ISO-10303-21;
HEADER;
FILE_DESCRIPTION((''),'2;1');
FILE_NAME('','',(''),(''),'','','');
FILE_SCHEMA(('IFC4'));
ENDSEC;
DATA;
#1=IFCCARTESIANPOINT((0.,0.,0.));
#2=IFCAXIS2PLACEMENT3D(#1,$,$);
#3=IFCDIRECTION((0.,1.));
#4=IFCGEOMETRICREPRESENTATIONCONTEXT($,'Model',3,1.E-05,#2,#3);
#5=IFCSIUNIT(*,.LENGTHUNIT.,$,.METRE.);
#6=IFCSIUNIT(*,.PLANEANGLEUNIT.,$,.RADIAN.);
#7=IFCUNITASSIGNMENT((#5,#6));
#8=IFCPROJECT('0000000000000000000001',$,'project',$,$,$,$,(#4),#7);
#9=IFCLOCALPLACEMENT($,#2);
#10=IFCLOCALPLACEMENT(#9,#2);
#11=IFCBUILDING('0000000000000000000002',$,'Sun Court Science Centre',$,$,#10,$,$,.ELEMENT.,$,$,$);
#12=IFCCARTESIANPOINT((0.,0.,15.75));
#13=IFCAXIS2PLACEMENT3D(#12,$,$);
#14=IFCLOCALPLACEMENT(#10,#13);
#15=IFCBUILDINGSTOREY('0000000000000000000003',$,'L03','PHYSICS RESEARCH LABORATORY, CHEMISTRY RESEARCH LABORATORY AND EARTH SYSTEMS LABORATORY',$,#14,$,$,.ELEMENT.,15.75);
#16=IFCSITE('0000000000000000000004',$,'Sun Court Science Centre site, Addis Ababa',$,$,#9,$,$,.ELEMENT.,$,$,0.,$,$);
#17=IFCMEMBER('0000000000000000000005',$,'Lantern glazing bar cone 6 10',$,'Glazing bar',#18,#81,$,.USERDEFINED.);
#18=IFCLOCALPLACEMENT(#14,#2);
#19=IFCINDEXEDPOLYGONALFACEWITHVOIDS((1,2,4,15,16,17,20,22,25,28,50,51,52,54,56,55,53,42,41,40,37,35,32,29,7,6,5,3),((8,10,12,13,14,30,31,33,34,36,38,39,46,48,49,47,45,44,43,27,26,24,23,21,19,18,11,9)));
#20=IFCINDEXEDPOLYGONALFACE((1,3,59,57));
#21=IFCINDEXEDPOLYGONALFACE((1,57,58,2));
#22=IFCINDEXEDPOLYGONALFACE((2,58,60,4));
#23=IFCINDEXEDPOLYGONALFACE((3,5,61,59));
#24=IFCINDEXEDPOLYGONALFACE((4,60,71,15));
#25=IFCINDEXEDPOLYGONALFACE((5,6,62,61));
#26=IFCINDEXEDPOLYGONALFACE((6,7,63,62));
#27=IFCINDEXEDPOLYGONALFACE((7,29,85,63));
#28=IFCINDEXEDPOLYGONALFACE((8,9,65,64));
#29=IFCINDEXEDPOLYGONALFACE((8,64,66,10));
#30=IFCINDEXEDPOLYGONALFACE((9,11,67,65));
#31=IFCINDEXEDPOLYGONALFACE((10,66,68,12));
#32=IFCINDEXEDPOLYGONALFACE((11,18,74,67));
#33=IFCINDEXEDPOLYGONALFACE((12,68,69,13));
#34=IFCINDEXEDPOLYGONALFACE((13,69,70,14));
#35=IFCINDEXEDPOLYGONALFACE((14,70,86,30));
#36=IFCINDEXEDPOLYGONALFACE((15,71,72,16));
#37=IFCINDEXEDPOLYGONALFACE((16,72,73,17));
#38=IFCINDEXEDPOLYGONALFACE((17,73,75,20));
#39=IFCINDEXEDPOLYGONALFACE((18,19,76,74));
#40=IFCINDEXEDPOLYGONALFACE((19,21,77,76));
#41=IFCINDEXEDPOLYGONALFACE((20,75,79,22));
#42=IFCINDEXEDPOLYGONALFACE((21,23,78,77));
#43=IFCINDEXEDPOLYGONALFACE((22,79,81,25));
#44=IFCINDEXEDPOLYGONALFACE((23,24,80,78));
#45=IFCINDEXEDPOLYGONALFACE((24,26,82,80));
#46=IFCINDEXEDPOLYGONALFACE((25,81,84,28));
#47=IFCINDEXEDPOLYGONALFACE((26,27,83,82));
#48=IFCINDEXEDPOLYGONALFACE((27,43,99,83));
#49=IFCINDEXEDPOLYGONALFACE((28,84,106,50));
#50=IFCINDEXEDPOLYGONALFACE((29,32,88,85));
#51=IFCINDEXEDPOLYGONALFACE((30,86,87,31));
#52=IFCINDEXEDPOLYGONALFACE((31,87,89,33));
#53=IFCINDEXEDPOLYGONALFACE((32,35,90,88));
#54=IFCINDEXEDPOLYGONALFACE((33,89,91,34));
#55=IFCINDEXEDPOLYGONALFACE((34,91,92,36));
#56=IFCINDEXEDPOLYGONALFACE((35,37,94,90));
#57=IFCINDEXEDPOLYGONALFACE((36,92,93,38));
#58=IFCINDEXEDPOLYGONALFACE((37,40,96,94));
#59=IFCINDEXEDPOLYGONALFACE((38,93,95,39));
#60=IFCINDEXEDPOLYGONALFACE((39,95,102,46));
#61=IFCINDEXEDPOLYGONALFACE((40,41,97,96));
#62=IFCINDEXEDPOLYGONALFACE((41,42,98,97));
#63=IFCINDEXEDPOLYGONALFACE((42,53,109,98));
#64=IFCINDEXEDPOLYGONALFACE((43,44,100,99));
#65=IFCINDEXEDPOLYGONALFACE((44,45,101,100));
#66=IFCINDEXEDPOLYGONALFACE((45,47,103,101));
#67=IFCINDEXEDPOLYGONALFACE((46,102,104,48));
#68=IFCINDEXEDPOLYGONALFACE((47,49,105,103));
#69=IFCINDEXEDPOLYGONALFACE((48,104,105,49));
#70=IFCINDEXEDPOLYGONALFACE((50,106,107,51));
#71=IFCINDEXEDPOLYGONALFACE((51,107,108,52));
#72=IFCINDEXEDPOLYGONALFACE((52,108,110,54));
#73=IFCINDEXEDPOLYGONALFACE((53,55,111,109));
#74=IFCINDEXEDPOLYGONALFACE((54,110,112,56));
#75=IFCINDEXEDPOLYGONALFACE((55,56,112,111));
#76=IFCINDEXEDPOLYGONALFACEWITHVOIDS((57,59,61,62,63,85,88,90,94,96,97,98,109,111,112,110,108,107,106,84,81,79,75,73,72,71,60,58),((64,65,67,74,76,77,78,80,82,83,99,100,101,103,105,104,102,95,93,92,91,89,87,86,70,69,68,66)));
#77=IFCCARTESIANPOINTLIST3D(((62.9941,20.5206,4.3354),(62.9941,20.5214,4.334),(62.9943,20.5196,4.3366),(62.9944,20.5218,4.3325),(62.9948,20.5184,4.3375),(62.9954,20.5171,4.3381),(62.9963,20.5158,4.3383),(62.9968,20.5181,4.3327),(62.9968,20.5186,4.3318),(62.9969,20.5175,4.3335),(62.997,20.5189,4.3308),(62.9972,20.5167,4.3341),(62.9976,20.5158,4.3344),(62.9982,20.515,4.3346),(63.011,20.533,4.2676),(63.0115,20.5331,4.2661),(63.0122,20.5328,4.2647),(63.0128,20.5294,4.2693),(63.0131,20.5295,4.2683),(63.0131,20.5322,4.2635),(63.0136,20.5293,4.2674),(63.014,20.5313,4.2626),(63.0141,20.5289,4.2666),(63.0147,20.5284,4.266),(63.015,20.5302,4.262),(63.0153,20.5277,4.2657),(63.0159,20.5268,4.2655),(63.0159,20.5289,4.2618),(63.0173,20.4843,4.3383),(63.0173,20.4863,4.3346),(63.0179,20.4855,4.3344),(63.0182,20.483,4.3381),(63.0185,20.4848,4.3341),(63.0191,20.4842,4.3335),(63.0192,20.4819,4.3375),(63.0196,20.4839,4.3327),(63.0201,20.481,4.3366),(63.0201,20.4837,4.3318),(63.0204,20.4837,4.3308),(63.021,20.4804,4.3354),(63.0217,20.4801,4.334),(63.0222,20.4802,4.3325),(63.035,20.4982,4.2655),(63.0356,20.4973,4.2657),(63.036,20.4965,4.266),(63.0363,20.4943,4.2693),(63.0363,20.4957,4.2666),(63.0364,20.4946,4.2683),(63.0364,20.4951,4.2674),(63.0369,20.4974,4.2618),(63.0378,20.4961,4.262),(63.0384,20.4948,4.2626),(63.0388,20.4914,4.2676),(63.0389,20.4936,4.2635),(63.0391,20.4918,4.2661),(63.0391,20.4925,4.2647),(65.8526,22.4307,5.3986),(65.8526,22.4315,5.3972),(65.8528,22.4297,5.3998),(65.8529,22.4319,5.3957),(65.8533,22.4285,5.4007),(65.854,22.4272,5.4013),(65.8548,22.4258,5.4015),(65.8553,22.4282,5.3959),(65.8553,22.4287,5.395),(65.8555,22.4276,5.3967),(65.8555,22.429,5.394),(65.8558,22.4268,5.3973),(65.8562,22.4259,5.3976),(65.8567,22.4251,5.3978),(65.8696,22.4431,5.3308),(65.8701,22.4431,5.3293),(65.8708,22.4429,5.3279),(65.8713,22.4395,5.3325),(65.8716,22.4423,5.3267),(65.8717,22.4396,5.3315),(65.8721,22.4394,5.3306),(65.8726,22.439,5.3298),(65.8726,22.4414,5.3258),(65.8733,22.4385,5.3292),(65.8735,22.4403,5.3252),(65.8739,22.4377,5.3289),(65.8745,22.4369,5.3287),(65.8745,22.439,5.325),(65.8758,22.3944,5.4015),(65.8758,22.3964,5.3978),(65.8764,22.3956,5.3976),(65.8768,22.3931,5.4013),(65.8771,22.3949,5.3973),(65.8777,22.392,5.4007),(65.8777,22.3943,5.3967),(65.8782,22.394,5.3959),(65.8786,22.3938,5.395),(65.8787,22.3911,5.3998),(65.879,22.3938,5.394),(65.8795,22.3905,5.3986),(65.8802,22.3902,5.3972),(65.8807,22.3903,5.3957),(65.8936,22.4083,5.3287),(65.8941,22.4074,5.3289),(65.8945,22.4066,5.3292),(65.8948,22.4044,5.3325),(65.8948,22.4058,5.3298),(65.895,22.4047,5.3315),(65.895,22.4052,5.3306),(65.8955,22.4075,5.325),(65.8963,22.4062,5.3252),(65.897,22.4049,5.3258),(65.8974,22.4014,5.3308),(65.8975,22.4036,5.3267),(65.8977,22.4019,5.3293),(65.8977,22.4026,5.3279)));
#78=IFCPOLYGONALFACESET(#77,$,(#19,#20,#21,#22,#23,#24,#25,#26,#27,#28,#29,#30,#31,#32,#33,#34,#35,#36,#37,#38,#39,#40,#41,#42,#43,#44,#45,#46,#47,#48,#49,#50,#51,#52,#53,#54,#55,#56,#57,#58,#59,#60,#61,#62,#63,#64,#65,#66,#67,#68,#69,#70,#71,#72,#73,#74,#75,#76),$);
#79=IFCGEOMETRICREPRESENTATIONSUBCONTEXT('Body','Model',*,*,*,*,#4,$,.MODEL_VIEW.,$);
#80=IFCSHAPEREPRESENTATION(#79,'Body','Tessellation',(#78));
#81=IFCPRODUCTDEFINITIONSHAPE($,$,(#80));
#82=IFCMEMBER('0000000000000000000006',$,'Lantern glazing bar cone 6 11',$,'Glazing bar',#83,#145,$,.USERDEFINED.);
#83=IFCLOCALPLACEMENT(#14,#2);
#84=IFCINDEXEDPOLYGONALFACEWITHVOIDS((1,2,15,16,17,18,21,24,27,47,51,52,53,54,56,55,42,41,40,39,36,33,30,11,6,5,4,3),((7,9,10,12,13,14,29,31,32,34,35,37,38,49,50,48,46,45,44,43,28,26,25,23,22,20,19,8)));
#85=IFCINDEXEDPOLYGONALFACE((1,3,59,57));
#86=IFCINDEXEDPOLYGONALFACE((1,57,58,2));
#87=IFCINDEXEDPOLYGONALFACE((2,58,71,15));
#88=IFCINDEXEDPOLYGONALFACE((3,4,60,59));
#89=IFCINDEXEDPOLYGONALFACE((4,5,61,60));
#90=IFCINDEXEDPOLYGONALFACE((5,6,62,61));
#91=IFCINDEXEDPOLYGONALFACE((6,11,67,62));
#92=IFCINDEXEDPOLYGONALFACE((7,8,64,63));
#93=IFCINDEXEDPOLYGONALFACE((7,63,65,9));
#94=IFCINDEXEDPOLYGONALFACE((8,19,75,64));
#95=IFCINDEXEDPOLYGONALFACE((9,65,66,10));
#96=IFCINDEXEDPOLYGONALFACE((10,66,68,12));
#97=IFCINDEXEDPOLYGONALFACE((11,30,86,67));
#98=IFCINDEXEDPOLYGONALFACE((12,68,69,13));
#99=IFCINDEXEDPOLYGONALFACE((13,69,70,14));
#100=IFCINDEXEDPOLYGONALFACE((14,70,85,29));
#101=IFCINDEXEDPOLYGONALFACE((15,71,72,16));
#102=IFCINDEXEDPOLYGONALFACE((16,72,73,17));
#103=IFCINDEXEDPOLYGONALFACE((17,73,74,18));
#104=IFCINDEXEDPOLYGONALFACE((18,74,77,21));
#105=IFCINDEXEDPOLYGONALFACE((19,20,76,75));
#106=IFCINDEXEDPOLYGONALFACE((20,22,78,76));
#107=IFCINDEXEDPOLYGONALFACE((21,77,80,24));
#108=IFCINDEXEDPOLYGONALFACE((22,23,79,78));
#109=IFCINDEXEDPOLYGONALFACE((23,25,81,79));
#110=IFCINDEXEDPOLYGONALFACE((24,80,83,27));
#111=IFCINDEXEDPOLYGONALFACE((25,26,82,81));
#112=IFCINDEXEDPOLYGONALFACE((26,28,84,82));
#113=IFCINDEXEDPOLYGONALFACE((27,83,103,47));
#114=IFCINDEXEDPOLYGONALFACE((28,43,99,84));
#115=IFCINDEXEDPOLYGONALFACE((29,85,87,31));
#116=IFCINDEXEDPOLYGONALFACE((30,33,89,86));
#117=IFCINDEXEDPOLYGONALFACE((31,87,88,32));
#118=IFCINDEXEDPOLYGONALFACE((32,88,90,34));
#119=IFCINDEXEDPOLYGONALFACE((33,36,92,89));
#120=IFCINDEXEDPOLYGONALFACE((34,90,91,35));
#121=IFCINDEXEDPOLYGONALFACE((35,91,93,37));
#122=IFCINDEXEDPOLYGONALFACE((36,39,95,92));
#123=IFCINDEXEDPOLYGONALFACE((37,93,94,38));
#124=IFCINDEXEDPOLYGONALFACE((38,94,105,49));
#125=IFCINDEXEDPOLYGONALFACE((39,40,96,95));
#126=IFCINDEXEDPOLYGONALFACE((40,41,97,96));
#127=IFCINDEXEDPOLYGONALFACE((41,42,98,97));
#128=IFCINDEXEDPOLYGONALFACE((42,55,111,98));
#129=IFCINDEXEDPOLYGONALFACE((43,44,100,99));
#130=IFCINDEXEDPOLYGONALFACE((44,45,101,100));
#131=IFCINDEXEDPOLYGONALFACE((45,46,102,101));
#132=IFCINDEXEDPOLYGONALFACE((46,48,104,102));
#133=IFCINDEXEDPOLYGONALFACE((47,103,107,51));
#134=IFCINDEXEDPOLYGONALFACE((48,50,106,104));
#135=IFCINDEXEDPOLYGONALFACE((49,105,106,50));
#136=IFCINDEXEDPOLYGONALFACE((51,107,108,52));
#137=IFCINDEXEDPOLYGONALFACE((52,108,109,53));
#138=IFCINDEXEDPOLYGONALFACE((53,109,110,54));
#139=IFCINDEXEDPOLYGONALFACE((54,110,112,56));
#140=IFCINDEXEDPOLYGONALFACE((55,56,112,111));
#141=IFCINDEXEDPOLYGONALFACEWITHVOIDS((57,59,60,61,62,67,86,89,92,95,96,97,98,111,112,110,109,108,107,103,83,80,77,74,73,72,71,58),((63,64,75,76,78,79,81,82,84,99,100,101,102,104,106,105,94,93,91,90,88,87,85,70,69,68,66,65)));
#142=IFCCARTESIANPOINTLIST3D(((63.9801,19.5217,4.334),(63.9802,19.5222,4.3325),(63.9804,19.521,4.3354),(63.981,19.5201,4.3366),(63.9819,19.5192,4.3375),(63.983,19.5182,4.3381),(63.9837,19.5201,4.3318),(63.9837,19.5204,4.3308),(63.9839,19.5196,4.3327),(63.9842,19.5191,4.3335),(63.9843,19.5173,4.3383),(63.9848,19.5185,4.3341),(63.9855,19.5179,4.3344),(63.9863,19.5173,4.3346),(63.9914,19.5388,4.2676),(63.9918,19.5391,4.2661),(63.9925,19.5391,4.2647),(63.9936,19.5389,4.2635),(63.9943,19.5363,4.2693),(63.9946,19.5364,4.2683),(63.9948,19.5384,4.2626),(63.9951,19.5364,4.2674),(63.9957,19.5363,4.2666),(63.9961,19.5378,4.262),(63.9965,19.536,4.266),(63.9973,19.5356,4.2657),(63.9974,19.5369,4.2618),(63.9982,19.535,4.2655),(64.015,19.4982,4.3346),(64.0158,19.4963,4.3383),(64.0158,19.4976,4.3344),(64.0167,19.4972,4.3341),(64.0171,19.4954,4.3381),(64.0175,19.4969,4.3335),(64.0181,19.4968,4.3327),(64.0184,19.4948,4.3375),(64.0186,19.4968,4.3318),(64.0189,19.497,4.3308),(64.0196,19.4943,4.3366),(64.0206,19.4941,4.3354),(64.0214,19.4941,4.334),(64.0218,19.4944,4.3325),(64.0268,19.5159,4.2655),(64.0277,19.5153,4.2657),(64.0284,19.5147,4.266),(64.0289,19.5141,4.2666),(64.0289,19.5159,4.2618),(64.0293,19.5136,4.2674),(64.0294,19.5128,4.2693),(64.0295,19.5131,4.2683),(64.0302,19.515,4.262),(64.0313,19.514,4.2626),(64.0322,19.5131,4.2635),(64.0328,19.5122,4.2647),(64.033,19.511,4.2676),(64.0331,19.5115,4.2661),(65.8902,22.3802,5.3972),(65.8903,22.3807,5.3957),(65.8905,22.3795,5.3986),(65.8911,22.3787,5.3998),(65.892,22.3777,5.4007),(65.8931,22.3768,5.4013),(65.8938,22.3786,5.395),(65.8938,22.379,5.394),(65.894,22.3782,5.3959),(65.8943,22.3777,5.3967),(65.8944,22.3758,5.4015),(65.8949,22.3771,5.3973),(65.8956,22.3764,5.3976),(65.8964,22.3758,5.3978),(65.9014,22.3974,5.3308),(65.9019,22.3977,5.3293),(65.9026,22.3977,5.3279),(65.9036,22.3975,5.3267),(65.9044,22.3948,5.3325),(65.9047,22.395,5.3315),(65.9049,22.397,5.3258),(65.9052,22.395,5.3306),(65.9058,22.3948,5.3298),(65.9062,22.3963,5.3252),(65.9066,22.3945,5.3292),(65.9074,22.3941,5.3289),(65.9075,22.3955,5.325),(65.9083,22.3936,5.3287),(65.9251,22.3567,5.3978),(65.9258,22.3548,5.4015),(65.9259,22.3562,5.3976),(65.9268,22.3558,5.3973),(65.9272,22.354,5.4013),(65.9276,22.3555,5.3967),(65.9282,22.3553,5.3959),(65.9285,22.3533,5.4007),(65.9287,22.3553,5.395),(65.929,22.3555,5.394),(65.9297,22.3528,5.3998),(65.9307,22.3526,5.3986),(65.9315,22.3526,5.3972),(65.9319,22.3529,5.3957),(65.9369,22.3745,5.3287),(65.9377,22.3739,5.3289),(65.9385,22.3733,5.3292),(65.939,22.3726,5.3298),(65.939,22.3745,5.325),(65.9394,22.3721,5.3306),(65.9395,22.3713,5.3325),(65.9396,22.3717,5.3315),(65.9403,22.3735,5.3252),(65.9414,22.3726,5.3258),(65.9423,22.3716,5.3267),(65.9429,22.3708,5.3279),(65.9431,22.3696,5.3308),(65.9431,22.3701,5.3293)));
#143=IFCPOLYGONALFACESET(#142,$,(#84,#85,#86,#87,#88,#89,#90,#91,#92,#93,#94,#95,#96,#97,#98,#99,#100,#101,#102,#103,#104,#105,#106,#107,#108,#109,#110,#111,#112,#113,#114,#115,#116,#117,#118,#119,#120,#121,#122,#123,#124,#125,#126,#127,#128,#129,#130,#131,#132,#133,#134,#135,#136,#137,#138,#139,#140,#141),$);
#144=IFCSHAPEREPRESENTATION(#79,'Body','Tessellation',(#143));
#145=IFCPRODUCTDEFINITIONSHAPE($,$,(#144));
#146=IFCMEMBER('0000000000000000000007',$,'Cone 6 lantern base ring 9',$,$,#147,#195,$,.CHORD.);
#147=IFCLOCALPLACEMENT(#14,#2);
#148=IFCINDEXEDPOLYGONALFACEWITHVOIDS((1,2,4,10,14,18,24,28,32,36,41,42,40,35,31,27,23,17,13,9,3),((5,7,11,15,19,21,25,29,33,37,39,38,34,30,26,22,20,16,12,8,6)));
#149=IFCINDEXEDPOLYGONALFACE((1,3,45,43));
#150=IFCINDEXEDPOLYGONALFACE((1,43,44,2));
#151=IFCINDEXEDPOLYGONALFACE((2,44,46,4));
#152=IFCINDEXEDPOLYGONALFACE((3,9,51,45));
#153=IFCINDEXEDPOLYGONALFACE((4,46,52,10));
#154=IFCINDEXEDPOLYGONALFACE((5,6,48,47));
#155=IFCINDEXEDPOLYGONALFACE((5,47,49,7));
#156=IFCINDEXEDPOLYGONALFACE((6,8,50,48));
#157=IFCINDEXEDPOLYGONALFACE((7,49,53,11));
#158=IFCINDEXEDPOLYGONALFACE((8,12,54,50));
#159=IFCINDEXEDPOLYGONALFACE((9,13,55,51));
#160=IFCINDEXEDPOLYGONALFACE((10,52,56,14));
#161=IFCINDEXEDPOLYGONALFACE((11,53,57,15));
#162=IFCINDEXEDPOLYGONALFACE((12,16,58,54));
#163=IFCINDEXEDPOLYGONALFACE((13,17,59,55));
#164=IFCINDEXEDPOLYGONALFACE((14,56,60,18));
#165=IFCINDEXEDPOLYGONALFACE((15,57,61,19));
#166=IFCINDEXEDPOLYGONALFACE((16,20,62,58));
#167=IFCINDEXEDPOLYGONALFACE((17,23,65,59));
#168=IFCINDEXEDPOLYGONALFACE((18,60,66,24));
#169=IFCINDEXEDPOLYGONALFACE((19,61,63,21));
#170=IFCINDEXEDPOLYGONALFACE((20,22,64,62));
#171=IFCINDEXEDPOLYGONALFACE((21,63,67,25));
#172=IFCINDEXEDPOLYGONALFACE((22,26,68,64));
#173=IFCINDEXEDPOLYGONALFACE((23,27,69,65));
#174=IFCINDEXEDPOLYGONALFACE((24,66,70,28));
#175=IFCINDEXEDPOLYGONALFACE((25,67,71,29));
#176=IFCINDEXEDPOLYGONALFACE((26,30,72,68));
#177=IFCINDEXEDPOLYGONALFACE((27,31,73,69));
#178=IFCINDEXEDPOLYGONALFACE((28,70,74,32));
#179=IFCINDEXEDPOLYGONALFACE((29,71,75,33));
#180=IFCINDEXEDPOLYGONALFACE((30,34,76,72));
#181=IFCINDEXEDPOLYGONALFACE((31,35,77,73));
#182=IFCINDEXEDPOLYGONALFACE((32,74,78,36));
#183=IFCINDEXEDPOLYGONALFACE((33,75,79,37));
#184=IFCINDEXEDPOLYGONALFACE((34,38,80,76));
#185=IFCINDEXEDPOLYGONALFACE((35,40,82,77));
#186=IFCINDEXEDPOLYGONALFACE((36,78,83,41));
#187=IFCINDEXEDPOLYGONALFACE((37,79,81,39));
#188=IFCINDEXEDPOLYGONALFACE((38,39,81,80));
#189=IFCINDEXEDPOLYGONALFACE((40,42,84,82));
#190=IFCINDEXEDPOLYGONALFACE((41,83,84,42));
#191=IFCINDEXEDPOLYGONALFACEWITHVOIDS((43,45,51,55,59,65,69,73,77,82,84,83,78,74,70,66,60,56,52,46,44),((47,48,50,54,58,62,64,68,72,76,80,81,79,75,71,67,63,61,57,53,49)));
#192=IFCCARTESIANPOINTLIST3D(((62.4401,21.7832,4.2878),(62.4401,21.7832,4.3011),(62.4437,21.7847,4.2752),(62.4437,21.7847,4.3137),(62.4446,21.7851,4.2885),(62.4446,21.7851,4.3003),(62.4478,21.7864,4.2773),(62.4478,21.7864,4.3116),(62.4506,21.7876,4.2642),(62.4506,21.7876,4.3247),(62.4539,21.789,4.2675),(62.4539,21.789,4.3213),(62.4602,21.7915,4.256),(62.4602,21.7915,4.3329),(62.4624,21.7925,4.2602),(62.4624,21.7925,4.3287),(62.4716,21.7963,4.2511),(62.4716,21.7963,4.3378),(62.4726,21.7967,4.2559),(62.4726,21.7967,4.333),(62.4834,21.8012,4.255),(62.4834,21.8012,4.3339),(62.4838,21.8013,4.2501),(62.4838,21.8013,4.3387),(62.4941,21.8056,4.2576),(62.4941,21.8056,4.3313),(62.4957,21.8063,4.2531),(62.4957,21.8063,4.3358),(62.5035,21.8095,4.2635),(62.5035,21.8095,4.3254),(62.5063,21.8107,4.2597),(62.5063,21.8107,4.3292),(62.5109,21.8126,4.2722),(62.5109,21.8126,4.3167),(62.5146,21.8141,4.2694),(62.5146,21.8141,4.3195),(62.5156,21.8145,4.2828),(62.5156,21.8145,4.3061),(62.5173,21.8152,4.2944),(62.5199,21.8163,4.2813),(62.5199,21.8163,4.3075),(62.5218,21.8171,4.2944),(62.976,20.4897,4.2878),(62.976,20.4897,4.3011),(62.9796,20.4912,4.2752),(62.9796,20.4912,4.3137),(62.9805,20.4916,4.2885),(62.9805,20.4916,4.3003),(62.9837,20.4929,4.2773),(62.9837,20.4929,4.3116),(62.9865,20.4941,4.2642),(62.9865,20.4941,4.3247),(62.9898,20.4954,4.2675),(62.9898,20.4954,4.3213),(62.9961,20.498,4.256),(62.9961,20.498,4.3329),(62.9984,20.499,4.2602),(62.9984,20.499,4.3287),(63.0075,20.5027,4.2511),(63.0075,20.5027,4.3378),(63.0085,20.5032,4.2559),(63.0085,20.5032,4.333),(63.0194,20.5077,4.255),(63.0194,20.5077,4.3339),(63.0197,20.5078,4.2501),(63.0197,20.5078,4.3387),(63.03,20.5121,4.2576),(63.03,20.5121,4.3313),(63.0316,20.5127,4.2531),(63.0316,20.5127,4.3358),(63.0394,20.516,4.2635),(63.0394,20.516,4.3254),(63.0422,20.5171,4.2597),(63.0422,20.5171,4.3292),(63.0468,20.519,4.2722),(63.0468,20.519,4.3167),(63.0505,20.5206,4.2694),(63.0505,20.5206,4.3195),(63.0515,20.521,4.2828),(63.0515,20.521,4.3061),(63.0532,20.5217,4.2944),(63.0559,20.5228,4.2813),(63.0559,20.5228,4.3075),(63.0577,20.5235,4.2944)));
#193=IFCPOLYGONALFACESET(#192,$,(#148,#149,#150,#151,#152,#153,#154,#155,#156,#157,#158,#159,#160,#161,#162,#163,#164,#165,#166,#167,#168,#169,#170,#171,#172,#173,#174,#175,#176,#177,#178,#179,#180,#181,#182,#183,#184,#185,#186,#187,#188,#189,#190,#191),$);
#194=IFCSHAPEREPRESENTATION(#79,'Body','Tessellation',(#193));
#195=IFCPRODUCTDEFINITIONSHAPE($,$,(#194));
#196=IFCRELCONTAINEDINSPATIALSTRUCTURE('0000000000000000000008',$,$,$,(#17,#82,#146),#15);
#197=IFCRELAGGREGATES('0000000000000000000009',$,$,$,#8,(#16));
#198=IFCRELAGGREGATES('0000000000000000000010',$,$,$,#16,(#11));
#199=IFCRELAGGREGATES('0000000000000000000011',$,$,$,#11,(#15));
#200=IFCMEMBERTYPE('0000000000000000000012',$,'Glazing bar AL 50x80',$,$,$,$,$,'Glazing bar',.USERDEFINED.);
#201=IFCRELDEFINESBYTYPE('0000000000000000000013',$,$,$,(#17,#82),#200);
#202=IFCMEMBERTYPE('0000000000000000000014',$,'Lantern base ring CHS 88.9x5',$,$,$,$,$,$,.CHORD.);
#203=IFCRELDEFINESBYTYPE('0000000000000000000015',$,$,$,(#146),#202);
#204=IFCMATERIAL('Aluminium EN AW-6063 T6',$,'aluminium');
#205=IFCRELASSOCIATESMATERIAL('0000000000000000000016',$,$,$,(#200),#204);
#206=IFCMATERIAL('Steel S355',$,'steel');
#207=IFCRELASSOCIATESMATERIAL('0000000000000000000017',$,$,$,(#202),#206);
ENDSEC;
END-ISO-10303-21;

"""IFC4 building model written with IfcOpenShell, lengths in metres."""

from ifc_helpers import new_model, si_unit, direction, frame, origin, origin_2d, place, context, subcontext, project, spatial, hollow_rectangle, hollow_circle, extrude, material, material_profile, profile_set, type_object, element, save


model = new_model("IFC4")

# Units and contexts
model_context = context("Model", 3, precision=1e-05, world=origin(), true_north=direction((0.0, 1.0)))
body_context = subcontext(model_context, "Body", "Model", "MODEL_VIEW")
ifc_project = project(units=[si_unit("LENGTHUNIT", "METRE"), si_unit("PLANEANGLEUNIT", "RADIAN")], contexts=[model_context])

# Site, building, storey
site_placement = place(None, origin())
site = spatial("IfcSite", under=ifc_project, at=site_placement, Name="Sun Court Science Centre site, Addis Ababa", CompositionType="ELEMENT", RefElevation=0.0)
building_placement = place(site_placement, origin())
building = spatial("IfcBuilding", under=site, at=building_placement, Name="Sun Court Science Centre", CompositionType="ELEMENT")
storey_placement = place(building_placement, frame((0.0, 0.0, 15.75)))
storey = spatial("IfcBuildingStorey", under=building, at=storey_placement, Name="L03", Description="PHYSICS RESEARCH LABORATORY, CHEMISTRY RESEARCH LABORATORY AND EARTH SYSTEMS LABORATORY", CompositionType="ELEMENT", Elevation=15.75)

# Members
ifc_material_1 = material(Name="Aluminium EN AW-6063 T6", Category="aluminium")
ifc_material_profile_1 = material_profile(ifc_material_1, hollow_rectangle(XDim=0.05, YDim=0.0801, WallThickness=0.0039, InnerFilletRadius=0.0039, OuterFilletRadius=0.0061, at=origin_2d()), Name="AL 50x80x4")
ifc_profile_set_1 = profile_set([ifc_material_profile_1], Name="Aluminium EN AW-6063 T6")
member_type_1 = type_object("IfcMemberType", Name="Glazing bar AL 50x80", ElementType="Glazing bar", PredefinedType="USERDEFINED", material=ifc_profile_set_1)
for number, where, z_axis, x_axis, name in (
    (1, (63.0166, 20.5066, 4.3), (0.794343, 0.530783, 0.295445), (-0.555585, 0.83146, 0.0), "Lantern glazing bar cone 6 10"),
    (2, (64.0066, 19.5166, 4.3), (0.530783, 0.794343, 0.295445), (-0.83146, 0.555585, 0.0), "Lantern glazing bar cone 6 11"),
):
    element("IfcMember", number, at=place(storey_placement, frame(where, z_axis=z_axis, x_axis=x_axis)), inside=storey, type_object=member_type_1, Name=name, ObjectType="Glazing bar", PredefinedType="USERDEFINED", context=body_context, shape_type="SweptSolid", body=[
        extrude(hollow_rectangle(XDim=0.05, YDim=0.0801, WallThickness=0.0039, InnerFilletRadius=0.0039, OuterFilletRadius=0.0061, at=origin_2d()), origin(), (0.0, 0.0, 1.0), 3.5986),
    ])
ifc_material_2 = material(Name="Steel S355", Category="steel")
ifc_material_profile_2 = material_profile(ifc_material_2, hollow_circle(Radius=0.0444, WallThickness=0.0049, at=origin_2d()), Name="CHS 88.9x5")
ifc_profile_set_2 = profile_set([ifc_material_profile_2], Name="Steel S355")
member_type_2 = type_object("IfcMemberType", Name="Lantern base ring CHS 88.9x5", PredefinedType="CHORD", material=ifc_profile_set_2)
for number, where, z_axis, x_axis, name in (
    (3, (62.4807, 21.8, 4.2944), (0.382757, -0.923849, 0.0), (0.923849, 0.382757, 0.0), "Cone 6 lantern base ring 9"),
):
    element("IfcMember", number, at=place(storey_placement, frame(where, z_axis=z_axis, x_axis=x_axis)), inside=storey, type_object=member_type_2, Name=name, PredefinedType="CHORD", context=body_context, shape_type="SweptSolid", body=[
        extrude(hollow_circle(Radius=0.0444, WallThickness=0.0049, at=origin_2d()), origin(), (0.0, 0.0, 1.0), 1.4001),
    ])

save(model, "model.ifc")
